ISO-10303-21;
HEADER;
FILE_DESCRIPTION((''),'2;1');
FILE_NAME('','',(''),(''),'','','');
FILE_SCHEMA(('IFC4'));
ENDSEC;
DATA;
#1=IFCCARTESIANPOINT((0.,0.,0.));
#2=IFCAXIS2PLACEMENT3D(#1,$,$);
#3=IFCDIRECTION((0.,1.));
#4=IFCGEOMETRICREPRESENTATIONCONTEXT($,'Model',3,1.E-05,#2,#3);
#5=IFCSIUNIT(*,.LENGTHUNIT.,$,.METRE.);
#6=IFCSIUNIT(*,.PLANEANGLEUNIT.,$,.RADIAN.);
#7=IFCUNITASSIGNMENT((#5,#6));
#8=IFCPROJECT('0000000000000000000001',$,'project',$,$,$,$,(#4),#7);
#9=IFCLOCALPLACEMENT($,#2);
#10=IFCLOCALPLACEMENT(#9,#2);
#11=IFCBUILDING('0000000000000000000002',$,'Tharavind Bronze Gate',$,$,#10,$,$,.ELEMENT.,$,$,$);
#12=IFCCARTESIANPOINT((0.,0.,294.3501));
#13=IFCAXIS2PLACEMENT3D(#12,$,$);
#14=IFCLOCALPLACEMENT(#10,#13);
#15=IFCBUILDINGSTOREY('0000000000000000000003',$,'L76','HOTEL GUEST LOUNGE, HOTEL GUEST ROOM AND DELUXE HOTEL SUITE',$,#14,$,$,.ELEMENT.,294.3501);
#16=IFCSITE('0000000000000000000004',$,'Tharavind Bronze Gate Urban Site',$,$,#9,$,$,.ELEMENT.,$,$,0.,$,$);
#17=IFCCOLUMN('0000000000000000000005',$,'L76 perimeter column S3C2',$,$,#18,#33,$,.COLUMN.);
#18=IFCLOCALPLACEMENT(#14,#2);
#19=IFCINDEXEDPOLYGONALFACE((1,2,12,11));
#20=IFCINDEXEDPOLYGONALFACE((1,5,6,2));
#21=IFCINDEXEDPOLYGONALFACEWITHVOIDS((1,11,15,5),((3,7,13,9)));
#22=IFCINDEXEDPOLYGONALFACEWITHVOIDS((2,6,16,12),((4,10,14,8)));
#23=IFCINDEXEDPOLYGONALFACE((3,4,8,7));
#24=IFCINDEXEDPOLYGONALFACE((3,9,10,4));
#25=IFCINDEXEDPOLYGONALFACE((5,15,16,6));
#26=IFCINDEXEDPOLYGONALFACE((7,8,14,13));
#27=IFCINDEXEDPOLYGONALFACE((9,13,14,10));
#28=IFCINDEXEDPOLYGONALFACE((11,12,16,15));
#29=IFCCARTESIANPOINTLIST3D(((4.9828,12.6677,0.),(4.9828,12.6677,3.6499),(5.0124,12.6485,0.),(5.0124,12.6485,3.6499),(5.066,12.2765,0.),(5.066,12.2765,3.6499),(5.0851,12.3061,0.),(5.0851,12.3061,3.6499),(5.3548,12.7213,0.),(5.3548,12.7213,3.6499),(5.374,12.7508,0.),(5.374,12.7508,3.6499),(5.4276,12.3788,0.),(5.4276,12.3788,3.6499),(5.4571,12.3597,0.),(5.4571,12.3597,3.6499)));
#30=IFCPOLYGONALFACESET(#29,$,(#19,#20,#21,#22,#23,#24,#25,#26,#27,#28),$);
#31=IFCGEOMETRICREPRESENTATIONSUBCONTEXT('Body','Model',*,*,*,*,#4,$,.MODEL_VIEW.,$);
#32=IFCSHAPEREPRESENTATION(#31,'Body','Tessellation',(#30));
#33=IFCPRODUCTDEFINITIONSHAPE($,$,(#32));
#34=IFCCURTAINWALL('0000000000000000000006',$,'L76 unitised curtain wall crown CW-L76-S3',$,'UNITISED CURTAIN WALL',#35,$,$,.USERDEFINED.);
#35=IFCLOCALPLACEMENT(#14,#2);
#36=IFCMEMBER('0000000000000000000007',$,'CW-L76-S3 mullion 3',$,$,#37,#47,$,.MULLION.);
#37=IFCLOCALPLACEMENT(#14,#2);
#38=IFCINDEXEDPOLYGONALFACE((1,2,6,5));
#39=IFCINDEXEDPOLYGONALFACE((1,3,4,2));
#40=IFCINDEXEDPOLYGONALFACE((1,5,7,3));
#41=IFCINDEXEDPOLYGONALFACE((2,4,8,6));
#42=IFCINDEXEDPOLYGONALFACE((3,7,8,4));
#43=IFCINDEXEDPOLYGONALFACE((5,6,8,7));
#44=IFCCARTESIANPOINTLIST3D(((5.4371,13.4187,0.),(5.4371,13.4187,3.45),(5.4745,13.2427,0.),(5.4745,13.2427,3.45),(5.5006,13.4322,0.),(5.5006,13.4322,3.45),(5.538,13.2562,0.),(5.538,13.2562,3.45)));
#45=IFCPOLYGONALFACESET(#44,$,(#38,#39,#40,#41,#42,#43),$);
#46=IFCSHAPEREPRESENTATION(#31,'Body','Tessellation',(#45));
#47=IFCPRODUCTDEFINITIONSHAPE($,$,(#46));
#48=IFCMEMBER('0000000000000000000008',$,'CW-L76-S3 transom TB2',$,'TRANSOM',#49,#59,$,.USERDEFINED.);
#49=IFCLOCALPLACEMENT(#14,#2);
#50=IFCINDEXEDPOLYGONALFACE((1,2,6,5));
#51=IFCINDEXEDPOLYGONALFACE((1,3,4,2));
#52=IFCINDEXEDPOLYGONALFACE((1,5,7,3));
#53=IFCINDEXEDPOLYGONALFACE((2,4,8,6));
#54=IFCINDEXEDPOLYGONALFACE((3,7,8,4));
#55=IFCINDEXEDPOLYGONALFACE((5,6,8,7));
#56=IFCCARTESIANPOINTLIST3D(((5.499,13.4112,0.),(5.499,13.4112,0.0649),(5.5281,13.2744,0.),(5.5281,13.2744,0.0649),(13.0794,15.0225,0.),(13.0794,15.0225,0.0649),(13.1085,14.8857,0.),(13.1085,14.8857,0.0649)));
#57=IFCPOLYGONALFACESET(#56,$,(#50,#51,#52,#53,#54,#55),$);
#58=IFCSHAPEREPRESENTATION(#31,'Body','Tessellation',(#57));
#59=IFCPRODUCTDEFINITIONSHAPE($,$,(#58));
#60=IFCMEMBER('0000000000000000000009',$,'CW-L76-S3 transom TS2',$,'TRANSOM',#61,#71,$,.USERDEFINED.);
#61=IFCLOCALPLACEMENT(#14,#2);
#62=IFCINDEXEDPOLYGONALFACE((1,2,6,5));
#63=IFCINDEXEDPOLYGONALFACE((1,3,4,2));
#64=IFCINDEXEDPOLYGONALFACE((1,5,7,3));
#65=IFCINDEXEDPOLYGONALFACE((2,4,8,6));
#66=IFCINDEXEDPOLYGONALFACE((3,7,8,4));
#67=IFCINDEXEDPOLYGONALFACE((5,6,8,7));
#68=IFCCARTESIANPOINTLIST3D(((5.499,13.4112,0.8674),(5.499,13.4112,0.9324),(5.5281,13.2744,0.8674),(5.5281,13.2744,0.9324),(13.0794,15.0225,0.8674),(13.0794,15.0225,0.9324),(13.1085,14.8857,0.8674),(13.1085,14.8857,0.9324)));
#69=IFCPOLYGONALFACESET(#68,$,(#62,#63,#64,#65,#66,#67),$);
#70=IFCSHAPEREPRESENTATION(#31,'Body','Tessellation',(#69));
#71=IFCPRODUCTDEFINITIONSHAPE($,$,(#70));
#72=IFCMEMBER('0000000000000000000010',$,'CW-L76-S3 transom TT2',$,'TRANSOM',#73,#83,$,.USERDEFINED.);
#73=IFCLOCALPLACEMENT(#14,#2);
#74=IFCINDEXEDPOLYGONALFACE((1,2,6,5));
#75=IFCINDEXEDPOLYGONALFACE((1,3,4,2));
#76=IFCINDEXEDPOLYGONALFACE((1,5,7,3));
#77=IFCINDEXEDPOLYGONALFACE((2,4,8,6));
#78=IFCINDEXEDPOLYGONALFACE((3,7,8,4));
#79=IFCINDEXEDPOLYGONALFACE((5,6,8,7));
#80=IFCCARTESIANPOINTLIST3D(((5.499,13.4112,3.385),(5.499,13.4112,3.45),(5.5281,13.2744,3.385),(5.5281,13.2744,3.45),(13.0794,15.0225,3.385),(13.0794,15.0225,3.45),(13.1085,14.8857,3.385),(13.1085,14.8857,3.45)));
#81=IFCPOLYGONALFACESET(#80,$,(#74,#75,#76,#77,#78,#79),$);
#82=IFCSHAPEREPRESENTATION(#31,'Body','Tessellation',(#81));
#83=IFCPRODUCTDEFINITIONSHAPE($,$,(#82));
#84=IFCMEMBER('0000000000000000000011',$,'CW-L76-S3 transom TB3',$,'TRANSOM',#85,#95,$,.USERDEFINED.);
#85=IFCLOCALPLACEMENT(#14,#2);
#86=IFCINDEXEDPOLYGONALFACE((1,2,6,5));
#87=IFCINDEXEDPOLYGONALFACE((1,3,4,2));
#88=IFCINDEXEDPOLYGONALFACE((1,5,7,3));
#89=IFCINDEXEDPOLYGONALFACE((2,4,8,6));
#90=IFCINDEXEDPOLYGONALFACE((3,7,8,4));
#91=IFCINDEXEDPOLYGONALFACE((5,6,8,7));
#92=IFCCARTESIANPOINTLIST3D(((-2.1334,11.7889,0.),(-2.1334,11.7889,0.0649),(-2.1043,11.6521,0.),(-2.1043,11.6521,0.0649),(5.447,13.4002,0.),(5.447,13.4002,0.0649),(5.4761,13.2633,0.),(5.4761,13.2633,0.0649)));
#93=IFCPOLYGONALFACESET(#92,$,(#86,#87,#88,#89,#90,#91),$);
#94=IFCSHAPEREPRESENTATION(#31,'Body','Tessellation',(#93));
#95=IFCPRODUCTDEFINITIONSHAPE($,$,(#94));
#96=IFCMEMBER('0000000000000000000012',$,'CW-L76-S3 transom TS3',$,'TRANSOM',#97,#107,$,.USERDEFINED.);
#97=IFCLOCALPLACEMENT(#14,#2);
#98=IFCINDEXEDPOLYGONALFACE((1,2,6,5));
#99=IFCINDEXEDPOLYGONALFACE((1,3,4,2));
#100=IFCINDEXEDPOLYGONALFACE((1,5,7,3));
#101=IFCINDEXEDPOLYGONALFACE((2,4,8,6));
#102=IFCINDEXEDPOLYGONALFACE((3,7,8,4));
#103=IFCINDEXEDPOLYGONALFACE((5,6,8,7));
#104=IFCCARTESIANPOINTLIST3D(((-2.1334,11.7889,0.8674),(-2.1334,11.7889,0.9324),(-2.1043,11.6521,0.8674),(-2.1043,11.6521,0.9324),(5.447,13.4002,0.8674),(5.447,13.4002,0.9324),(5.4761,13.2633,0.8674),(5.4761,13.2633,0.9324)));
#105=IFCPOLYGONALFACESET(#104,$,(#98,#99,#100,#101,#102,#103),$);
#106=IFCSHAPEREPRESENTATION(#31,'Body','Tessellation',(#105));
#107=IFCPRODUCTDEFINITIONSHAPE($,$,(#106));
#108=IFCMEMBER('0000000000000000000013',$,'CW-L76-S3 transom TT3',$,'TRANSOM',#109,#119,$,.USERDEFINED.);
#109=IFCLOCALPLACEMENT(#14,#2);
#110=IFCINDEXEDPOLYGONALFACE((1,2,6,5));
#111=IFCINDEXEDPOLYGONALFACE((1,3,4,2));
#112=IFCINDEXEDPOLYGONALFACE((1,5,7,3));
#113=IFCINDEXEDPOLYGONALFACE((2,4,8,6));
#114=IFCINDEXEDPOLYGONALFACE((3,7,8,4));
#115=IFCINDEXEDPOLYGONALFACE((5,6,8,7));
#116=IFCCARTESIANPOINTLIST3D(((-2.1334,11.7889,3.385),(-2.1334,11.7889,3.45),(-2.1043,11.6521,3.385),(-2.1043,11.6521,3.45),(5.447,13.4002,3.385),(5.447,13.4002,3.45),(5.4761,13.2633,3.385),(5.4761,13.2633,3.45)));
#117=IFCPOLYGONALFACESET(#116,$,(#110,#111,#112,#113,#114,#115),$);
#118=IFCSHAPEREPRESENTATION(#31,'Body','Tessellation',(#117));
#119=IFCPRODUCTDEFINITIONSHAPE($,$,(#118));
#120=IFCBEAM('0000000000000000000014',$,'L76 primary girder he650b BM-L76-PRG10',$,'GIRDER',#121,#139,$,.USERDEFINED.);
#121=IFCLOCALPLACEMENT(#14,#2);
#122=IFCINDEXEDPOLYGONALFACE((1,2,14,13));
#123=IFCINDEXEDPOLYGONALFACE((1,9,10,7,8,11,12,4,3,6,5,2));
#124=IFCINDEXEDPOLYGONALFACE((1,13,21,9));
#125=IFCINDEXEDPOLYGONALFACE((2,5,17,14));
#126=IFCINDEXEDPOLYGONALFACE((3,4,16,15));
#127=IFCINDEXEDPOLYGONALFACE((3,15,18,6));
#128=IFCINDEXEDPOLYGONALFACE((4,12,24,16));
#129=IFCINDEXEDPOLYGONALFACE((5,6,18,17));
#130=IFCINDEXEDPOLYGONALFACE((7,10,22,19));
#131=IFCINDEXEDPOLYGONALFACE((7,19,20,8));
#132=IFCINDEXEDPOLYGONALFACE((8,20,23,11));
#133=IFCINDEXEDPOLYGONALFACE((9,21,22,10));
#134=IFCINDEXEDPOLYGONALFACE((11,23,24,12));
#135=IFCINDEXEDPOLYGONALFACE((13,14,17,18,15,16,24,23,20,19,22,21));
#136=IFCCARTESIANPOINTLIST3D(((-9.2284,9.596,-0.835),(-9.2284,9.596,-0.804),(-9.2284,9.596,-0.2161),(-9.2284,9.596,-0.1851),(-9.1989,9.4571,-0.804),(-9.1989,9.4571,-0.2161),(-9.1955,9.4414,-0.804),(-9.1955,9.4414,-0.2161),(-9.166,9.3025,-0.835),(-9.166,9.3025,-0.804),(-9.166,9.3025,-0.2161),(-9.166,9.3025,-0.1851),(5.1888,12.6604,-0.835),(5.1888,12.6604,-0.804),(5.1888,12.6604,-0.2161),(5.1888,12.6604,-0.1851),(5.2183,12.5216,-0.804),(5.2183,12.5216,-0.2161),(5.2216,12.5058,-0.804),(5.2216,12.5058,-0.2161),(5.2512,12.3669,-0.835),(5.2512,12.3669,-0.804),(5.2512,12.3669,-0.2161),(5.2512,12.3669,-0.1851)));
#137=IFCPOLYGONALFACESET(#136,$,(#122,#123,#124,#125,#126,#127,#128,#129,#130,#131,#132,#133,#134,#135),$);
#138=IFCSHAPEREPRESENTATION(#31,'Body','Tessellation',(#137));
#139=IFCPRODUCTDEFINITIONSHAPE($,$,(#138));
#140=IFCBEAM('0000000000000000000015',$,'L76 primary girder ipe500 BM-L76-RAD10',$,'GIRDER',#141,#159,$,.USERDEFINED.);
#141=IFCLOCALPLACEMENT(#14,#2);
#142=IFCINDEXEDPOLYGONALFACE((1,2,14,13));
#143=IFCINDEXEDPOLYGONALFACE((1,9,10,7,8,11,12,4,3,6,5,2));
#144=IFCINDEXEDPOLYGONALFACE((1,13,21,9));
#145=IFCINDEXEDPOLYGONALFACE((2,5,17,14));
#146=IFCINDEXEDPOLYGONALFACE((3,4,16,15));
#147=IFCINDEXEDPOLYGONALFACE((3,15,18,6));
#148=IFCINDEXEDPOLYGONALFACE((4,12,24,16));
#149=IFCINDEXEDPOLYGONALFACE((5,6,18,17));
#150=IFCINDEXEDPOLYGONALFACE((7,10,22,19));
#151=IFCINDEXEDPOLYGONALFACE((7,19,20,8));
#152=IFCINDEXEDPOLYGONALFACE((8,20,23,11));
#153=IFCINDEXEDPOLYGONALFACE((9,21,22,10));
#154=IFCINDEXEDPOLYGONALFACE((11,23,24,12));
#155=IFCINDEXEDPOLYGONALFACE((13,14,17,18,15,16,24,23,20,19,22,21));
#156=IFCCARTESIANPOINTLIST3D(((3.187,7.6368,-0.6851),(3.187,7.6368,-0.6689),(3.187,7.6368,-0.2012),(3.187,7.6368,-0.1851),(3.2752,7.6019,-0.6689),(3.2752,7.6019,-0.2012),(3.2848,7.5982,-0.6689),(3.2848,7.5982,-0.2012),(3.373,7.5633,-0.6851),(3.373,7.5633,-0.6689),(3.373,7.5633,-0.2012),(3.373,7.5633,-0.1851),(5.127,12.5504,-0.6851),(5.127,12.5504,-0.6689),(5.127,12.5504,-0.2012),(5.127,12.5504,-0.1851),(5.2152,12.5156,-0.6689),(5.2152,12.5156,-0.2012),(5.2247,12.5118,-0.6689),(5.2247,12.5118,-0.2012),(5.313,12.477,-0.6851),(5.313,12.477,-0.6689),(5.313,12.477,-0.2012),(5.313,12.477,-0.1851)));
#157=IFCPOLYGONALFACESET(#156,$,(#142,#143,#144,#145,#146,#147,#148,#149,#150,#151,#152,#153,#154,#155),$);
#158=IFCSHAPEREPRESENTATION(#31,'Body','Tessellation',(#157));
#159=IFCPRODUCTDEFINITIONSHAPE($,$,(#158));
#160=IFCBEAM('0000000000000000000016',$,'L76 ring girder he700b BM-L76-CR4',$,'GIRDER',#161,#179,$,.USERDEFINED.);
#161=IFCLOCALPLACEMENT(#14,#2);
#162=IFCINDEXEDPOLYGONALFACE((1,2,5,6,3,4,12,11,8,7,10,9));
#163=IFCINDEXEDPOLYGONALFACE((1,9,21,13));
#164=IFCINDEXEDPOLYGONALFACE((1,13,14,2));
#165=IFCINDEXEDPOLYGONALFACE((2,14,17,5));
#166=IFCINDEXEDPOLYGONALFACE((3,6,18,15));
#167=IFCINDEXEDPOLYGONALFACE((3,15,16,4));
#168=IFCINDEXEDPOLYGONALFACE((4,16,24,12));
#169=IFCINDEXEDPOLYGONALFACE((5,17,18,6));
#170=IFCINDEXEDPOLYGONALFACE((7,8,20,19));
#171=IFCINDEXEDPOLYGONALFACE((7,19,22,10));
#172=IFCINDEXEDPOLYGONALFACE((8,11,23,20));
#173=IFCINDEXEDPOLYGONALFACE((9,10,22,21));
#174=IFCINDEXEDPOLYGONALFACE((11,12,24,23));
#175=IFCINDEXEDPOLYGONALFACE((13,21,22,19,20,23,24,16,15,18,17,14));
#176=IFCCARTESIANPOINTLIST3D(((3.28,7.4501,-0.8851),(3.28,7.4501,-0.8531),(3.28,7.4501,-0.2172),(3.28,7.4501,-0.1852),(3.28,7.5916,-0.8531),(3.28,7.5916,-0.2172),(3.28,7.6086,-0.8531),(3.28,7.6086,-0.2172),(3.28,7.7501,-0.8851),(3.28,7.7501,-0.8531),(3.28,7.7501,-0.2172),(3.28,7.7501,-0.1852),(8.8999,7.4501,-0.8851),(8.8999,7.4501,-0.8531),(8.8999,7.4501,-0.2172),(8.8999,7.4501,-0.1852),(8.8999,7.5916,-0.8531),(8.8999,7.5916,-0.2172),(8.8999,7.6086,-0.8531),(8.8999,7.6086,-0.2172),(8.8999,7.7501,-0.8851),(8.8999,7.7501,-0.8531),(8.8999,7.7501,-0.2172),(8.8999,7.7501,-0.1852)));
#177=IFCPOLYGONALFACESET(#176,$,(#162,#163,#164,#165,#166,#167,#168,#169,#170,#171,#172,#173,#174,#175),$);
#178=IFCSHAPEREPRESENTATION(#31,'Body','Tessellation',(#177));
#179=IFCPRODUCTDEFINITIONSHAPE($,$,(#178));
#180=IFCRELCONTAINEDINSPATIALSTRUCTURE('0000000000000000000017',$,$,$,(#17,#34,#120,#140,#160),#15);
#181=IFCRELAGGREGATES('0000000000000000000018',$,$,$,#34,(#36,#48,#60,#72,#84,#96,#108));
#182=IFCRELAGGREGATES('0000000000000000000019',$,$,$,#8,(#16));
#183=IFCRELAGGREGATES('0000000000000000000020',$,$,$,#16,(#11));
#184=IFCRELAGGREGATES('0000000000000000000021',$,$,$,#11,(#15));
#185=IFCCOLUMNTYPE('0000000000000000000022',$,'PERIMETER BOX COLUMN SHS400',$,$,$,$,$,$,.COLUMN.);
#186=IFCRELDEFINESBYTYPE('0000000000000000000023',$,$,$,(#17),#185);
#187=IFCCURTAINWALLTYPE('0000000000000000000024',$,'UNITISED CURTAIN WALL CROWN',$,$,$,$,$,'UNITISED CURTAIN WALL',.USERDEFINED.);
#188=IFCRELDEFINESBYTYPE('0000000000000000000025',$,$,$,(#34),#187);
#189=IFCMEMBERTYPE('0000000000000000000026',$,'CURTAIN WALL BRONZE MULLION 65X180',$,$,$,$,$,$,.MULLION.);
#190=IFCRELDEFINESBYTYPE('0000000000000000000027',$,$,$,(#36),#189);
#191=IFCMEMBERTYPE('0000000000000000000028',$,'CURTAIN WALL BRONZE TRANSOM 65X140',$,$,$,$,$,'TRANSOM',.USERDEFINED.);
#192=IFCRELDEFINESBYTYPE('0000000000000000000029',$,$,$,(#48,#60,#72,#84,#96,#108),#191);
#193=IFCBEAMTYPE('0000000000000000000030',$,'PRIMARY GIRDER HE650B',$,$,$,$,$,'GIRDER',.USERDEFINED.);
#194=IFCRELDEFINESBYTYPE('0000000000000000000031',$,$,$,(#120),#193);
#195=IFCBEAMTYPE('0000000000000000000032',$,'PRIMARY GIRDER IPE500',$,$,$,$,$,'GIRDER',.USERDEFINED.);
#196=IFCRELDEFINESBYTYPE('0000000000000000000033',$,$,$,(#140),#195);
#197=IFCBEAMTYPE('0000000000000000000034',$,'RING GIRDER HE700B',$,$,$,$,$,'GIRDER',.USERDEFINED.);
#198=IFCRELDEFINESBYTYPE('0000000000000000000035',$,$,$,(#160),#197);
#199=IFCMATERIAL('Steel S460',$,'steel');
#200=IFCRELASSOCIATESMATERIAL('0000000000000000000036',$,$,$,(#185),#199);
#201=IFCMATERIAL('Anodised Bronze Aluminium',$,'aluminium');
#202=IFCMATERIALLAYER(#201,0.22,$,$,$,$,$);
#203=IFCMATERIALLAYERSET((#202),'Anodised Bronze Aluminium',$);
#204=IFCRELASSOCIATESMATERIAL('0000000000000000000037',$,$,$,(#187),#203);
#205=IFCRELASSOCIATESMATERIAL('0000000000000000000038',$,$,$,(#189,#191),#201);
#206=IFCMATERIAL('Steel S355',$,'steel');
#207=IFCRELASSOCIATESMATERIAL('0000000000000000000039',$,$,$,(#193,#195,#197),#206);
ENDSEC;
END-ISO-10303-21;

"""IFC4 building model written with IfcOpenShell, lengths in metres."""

from ifc_helpers import new_model, si_unit, direction, frame, origin, origin_2d, place, context, subcontext, project, spatial, rectangle, hollow_rectangle, i_section, extrude, material, layer, layer_set, material_profile, profile_set, type_object, element, aggregate, save


model = new_model("IFC4")

# Units and contexts
model_context = context("Model", 3, precision=1e-05, world=origin(), true_north=direction((0.0, 1.0)))
body_context = subcontext(model_context, "Body", "Model", "MODEL_VIEW")
ifc_project = project(units=[si_unit("LENGTHUNIT", "METRE"), si_unit("PLANEANGLEUNIT", "RADIAN")], contexts=[model_context])

# Site, building, storey
site_placement = place(None, origin())
site = spatial("IfcSite", under=ifc_project, at=site_placement, Name="Tharavind Bronze Gate Urban Site", CompositionType="ELEMENT", RefElevation=0.0)
building_placement = place(site_placement, origin())
building = spatial("IfcBuilding", under=site, at=building_placement, Name="Tharavind Bronze Gate", CompositionType="ELEMENT")
storey_placement = place(building_placement, frame((0.0, 0.0, 294.3501)))
storey = spatial("IfcBuildingStorey", under=building, at=storey_placement, Name="L76", Description="HOTEL GUEST LOUNGE, HOTEL GUEST ROOM AND DELUXE HOTEL SUITE", CompositionType="ELEMENT", Elevation=294.3501)

# Column
ifc_material_1 = material(Name="Steel S460", Category="steel")
ifc_material_profile_1 = material_profile(ifc_material_1, hollow_rectangle(XDim=0.3999, YDim=0.3999, WallThickness=0.0249, at=origin_2d()), Name="SHS400X25")
ifc_profile_set_1 = profile_set([ifc_material_profile_1], Name="Steel S460")
column_type = type_object("IfcColumnType", Name="PERIMETER BOX COLUMN SHS400", PredefinedType="COLUMN", material=ifc_profile_set_1)
column_placement = place(storey_placement, frame((5.22, 12.5137, 0.0), z_axis=(0.0, 0.0, 1.0), x_axis=(0.978147, 0.207913, 0.0)))
element("IfcColumn", 1, at=column_placement, inside=storey, type_object=column_type, Name="L76 perimeter column S3C2", PredefinedType="COLUMN", context=body_context, shape_type="SweptSolid", body=[
    extrude(hollow_rectangle(XDim=0.3999, YDim=0.3999, WallThickness=0.0249, at=origin_2d()), origin(), (0.0, 0.0, 1.0), 3.6499),
])

# Curtain wall, members
ifc_material_2 = material(Name="Anodised Bronze Aluminium", Category="aluminium")
ifc_layer_1 = layer(ifc_material_2, 0.22)
ifc_layer_set_1 = layer_set([ifc_layer_1], Name="Anodised Bronze Aluminium")
curtain_wall_type = type_object("IfcCurtainWallType", Name="UNITISED CURTAIN WALL CROWN", ElementType="UNITISED CURTAIN WALL", PredefinedType="USERDEFINED", material=ifc_layer_set_1)
curtain_wall_placement = place(storey_placement, origin())
curtain_wall = element("IfcCurtainWall", 2, at=curtain_wall_placement, inside=storey, type_object=curtain_wall_type, Name="L76 unitised curtain wall crown CW-L76-S3", ObjectType="UNITISED CURTAIN WALL", PredefinedType="USERDEFINED")
member_type_1 = type_object("IfcMemberType", Name="CURTAIN WALL BRONZE MULLION 65X180", PredefinedType="MULLION", material=ifc_material_2)
member_1_placement = place(storey_placement, frame((5.4875, 13.3374, 0.0), z_axis=(0.0, 0.0, 1.0), x_axis=(-0.978147, -0.207913, 0.0)))
member_1 = element("IfcMember", 3, at=member_1_placement, type_object=member_type_1, Name="CW-L76-S3 mullion 3", PredefinedType="MULLION", context=body_context, shape_type="SweptSolid", body=[
    extrude(rectangle(XDim=0.0649, YDim=0.1799, at=origin_2d()), origin(), (0.0, 0.0, 1.0), 3.45),
])
member_type_2 = type_object("IfcMemberType", Name="CURTAIN WALL BRONZE TRANSOM 65X140", ElementType="TRANSOM", PredefinedType="USERDEFINED", material=ifc_material_2)
member_2_placement = place(storey_placement, frame((9.3037, 14.1484, 0.0), z_axis=(0.0, 0.0, 1.0), x_axis=(-0.978147, -0.207913, 0.0)))
member_2 = element("IfcMember", 4, at=member_2_placement, type_object=member_type_2, Name="CW-L76-S3 transom TB2", ObjectType="TRANSOM", PredefinedType="USERDEFINED", context=body_context, shape_type="SweptSolid", body=[
    extrude(rectangle(XDim=7.7498, YDim=0.1399, at=origin_2d()), origin(), (0.0, 0.0, 1.0), 0.0649),
])
member_3_placement = place(storey_placement, frame((9.3037, 14.1484, 0.8674), z_axis=(0.0, 0.0, 1.0), x_axis=(-0.978147, -0.207913, 0.0)))
member_3 = element("IfcMember", 5, at=member_3_placement, type_object=member_type_2, Name="CW-L76-S3 transom TS2", ObjectType="TRANSOM", PredefinedType="USERDEFINED", context=body_context, shape_type="SweptSolid", body=[
    extrude(rectangle(XDim=7.7498, YDim=0.1399, at=origin_2d()), origin(), (0.0, 0.0, 1.0), 0.0649),
])
member_4_placement = place(storey_placement, frame((9.3037, 14.1484, 3.385), z_axis=(0.0, 0.0, 1.0), x_axis=(-0.978147, -0.207913, 0.0)))
member_4 = element("IfcMember", 6, at=member_4_placement, type_object=member_type_2, Name="CW-L76-S3 transom TT2", ObjectType="TRANSOM", PredefinedType="USERDEFINED", context=body_context, shape_type="SweptSolid", body=[
    extrude(rectangle(XDim=7.7498, YDim=0.1399, at=origin_2d()), origin(), (0.0, 0.0, 1.0), 0.0649),
])
member_5_placement = place(storey_placement, frame((1.6714, 12.5261, 0.0), z_axis=(0.0, 0.0, 1.0), x_axis=(-0.978147, -0.207913, 0.0)))
member_5 = element("IfcMember", 7, at=member_5_placement, type_object=member_type_2, Name="CW-L76-S3 transom TB3", ObjectType="TRANSOM", PredefinedType="USERDEFINED", context=body_context, shape_type="SweptSolid", body=[
    extrude(rectangle(XDim=7.7498, YDim=0.1399, at=origin_2d()), origin(), (0.0, 0.0, 1.0), 0.0649),
])
member_6_placement = place(storey_placement, frame((1.6714, 12.5261, 0.8674), z_axis=(0.0, 0.0, 1.0), x_axis=(-0.978147, -0.207913, 0.0)))
member_6 = element("IfcMember", 8, at=member_6_placement, type_object=member_type_2, Name="CW-L76-S3 transom TS3", ObjectType="TRANSOM", PredefinedType="USERDEFINED", context=body_context, shape_type="SweptSolid", body=[
    extrude(rectangle(XDim=7.7498, YDim=0.1399, at=origin_2d()), origin(), (0.0, 0.0, 1.0), 0.0649),
])
member_7_placement = place(storey_placement, frame((1.6714, 12.5261, 3.385), z_axis=(0.0, 0.0, 1.0), x_axis=(-0.978147, -0.207913, 0.0)))
member_7 = element("IfcMember", 9, at=member_7_placement, type_object=member_type_2, Name="CW-L76-S3 transom TT3", ObjectType="TRANSOM", PredefinedType="USERDEFINED", context=body_context, shape_type="SweptSolid", body=[
    extrude(rectangle(XDim=7.7498, YDim=0.1399, at=origin_2d()), origin(), (0.0, 0.0, 1.0), 0.0649),
])

# Beams
ifc_material_3 = material(Name="Steel S355", Category="steel")
ifc_material_profile_2 = material_profile(ifc_material_3, i_section(OverallWidth=0.3, OverallDepth=0.6499, WebThickness=0.0161, FlangeThickness=0.031, at=origin_2d()), Name="HE650B")
ifc_profile_set_2 = profile_set([ifc_material_profile_2], Name="Steel S355")
beam_type_1 = type_object("IfcBeamType", Name="PRIMARY GIRDER HE650B", ElementType="GIRDER", PredefinedType="USERDEFINED", material=ifc_profile_set_2)
beam_1_placement = place(storey_placement, frame((5.22, 12.5137, -0.51), z_axis=(-0.978148, -0.20791, 0.0), x_axis=(0.20791, -0.978148, 0.0)))
element("IfcBeam", 10, at=beam_1_placement, inside=storey, type_object=beam_type_1, Name="L76 primary girder he650b BM-L76-PRG10", ObjectType="GIRDER", PredefinedType="USERDEFINED", context=body_context, shape_type="SweptSolid", body=[
    extrude(i_section(OverallWidth=0.3, OverallDepth=0.6499, WebThickness=0.0161, FlangeThickness=0.031, at=origin_2d()), origin(), (0.0, 0.0, 1.0), 14.7393),
])
ifc_material_profile_3 = material_profile(ifc_material_3, i_section(OverallWidth=0.2, OverallDepth=0.5, WebThickness=0.0103, FlangeThickness=0.0161, at=origin_2d()), Name="IPE500")
ifc_profile_set_3 = profile_set([ifc_material_profile_3], Name="Steel S355")
beam_type_2 = type_object("IfcBeamType", Name="PRIMARY GIRDER IPE500", ElementType="GIRDER", PredefinedType="USERDEFINED", material=ifc_profile_set_3)
beam_2_placement = place(storey_placement, frame((5.22, 12.5137, -0.4351), z_axis=(-0.367228, -0.930131, 0.0), x_axis=(0.930131, -0.367228, 0.0)))
element("IfcBeam", 11, at=beam_2_placement, inside=storey, type_object=beam_type_2, Name="L76 primary girder ipe500 BM-L76-RAD10", ObjectType="GIRDER", PredefinedType="USERDEFINED", context=body_context, shape_type="SweptSolid", body=[
    extrude(i_section(OverallWidth=0.2, OverallDepth=0.5, WebThickness=0.0103, FlangeThickness=0.0161, at=origin_2d()), origin(), (0.0, 0.0, 1.0), 5.2827),
])
ifc_material_profile_4 = material_profile(ifc_material_3, i_section(OverallWidth=0.3, OverallDepth=0.7, WebThickness=0.0171, FlangeThickness=0.032, at=origin_2d()), Name="HE700B")
ifc_profile_set_4 = profile_set([ifc_material_profile_4], Name="Steel S355")
beam_type_3 = type_object("IfcBeamType", Name="RING GIRDER HE700B", ElementType="GIRDER", PredefinedType="USERDEFINED", material=ifc_profile_set_4)
beam_3_placement = place(storey_placement, frame((8.8999, 7.6001, -0.5352), z_axis=(-1.0, 0.0, 0.0), x_axis=(0.0, -1.0, 0.0)))
element("IfcBeam", 12, at=beam_3_placement, inside=storey, type_object=beam_type_3, Name="L76 ring girder he700b BM-L76-CR4", ObjectType="GIRDER", PredefinedType="USERDEFINED", context=body_context, shape_type="SweptSolid", body=[
    extrude(i_section(OverallWidth=0.3, OverallDepth=0.7, WebThickness=0.0171, FlangeThickness=0.032, at=origin_2d()), origin(), (0.0, 0.0, 1.0), 5.6199),
])

aggregate(curtain_wall, [member_1, member_2, member_3, member_4, member_5, member_6, member_7])

save(model, "model.ifc")
